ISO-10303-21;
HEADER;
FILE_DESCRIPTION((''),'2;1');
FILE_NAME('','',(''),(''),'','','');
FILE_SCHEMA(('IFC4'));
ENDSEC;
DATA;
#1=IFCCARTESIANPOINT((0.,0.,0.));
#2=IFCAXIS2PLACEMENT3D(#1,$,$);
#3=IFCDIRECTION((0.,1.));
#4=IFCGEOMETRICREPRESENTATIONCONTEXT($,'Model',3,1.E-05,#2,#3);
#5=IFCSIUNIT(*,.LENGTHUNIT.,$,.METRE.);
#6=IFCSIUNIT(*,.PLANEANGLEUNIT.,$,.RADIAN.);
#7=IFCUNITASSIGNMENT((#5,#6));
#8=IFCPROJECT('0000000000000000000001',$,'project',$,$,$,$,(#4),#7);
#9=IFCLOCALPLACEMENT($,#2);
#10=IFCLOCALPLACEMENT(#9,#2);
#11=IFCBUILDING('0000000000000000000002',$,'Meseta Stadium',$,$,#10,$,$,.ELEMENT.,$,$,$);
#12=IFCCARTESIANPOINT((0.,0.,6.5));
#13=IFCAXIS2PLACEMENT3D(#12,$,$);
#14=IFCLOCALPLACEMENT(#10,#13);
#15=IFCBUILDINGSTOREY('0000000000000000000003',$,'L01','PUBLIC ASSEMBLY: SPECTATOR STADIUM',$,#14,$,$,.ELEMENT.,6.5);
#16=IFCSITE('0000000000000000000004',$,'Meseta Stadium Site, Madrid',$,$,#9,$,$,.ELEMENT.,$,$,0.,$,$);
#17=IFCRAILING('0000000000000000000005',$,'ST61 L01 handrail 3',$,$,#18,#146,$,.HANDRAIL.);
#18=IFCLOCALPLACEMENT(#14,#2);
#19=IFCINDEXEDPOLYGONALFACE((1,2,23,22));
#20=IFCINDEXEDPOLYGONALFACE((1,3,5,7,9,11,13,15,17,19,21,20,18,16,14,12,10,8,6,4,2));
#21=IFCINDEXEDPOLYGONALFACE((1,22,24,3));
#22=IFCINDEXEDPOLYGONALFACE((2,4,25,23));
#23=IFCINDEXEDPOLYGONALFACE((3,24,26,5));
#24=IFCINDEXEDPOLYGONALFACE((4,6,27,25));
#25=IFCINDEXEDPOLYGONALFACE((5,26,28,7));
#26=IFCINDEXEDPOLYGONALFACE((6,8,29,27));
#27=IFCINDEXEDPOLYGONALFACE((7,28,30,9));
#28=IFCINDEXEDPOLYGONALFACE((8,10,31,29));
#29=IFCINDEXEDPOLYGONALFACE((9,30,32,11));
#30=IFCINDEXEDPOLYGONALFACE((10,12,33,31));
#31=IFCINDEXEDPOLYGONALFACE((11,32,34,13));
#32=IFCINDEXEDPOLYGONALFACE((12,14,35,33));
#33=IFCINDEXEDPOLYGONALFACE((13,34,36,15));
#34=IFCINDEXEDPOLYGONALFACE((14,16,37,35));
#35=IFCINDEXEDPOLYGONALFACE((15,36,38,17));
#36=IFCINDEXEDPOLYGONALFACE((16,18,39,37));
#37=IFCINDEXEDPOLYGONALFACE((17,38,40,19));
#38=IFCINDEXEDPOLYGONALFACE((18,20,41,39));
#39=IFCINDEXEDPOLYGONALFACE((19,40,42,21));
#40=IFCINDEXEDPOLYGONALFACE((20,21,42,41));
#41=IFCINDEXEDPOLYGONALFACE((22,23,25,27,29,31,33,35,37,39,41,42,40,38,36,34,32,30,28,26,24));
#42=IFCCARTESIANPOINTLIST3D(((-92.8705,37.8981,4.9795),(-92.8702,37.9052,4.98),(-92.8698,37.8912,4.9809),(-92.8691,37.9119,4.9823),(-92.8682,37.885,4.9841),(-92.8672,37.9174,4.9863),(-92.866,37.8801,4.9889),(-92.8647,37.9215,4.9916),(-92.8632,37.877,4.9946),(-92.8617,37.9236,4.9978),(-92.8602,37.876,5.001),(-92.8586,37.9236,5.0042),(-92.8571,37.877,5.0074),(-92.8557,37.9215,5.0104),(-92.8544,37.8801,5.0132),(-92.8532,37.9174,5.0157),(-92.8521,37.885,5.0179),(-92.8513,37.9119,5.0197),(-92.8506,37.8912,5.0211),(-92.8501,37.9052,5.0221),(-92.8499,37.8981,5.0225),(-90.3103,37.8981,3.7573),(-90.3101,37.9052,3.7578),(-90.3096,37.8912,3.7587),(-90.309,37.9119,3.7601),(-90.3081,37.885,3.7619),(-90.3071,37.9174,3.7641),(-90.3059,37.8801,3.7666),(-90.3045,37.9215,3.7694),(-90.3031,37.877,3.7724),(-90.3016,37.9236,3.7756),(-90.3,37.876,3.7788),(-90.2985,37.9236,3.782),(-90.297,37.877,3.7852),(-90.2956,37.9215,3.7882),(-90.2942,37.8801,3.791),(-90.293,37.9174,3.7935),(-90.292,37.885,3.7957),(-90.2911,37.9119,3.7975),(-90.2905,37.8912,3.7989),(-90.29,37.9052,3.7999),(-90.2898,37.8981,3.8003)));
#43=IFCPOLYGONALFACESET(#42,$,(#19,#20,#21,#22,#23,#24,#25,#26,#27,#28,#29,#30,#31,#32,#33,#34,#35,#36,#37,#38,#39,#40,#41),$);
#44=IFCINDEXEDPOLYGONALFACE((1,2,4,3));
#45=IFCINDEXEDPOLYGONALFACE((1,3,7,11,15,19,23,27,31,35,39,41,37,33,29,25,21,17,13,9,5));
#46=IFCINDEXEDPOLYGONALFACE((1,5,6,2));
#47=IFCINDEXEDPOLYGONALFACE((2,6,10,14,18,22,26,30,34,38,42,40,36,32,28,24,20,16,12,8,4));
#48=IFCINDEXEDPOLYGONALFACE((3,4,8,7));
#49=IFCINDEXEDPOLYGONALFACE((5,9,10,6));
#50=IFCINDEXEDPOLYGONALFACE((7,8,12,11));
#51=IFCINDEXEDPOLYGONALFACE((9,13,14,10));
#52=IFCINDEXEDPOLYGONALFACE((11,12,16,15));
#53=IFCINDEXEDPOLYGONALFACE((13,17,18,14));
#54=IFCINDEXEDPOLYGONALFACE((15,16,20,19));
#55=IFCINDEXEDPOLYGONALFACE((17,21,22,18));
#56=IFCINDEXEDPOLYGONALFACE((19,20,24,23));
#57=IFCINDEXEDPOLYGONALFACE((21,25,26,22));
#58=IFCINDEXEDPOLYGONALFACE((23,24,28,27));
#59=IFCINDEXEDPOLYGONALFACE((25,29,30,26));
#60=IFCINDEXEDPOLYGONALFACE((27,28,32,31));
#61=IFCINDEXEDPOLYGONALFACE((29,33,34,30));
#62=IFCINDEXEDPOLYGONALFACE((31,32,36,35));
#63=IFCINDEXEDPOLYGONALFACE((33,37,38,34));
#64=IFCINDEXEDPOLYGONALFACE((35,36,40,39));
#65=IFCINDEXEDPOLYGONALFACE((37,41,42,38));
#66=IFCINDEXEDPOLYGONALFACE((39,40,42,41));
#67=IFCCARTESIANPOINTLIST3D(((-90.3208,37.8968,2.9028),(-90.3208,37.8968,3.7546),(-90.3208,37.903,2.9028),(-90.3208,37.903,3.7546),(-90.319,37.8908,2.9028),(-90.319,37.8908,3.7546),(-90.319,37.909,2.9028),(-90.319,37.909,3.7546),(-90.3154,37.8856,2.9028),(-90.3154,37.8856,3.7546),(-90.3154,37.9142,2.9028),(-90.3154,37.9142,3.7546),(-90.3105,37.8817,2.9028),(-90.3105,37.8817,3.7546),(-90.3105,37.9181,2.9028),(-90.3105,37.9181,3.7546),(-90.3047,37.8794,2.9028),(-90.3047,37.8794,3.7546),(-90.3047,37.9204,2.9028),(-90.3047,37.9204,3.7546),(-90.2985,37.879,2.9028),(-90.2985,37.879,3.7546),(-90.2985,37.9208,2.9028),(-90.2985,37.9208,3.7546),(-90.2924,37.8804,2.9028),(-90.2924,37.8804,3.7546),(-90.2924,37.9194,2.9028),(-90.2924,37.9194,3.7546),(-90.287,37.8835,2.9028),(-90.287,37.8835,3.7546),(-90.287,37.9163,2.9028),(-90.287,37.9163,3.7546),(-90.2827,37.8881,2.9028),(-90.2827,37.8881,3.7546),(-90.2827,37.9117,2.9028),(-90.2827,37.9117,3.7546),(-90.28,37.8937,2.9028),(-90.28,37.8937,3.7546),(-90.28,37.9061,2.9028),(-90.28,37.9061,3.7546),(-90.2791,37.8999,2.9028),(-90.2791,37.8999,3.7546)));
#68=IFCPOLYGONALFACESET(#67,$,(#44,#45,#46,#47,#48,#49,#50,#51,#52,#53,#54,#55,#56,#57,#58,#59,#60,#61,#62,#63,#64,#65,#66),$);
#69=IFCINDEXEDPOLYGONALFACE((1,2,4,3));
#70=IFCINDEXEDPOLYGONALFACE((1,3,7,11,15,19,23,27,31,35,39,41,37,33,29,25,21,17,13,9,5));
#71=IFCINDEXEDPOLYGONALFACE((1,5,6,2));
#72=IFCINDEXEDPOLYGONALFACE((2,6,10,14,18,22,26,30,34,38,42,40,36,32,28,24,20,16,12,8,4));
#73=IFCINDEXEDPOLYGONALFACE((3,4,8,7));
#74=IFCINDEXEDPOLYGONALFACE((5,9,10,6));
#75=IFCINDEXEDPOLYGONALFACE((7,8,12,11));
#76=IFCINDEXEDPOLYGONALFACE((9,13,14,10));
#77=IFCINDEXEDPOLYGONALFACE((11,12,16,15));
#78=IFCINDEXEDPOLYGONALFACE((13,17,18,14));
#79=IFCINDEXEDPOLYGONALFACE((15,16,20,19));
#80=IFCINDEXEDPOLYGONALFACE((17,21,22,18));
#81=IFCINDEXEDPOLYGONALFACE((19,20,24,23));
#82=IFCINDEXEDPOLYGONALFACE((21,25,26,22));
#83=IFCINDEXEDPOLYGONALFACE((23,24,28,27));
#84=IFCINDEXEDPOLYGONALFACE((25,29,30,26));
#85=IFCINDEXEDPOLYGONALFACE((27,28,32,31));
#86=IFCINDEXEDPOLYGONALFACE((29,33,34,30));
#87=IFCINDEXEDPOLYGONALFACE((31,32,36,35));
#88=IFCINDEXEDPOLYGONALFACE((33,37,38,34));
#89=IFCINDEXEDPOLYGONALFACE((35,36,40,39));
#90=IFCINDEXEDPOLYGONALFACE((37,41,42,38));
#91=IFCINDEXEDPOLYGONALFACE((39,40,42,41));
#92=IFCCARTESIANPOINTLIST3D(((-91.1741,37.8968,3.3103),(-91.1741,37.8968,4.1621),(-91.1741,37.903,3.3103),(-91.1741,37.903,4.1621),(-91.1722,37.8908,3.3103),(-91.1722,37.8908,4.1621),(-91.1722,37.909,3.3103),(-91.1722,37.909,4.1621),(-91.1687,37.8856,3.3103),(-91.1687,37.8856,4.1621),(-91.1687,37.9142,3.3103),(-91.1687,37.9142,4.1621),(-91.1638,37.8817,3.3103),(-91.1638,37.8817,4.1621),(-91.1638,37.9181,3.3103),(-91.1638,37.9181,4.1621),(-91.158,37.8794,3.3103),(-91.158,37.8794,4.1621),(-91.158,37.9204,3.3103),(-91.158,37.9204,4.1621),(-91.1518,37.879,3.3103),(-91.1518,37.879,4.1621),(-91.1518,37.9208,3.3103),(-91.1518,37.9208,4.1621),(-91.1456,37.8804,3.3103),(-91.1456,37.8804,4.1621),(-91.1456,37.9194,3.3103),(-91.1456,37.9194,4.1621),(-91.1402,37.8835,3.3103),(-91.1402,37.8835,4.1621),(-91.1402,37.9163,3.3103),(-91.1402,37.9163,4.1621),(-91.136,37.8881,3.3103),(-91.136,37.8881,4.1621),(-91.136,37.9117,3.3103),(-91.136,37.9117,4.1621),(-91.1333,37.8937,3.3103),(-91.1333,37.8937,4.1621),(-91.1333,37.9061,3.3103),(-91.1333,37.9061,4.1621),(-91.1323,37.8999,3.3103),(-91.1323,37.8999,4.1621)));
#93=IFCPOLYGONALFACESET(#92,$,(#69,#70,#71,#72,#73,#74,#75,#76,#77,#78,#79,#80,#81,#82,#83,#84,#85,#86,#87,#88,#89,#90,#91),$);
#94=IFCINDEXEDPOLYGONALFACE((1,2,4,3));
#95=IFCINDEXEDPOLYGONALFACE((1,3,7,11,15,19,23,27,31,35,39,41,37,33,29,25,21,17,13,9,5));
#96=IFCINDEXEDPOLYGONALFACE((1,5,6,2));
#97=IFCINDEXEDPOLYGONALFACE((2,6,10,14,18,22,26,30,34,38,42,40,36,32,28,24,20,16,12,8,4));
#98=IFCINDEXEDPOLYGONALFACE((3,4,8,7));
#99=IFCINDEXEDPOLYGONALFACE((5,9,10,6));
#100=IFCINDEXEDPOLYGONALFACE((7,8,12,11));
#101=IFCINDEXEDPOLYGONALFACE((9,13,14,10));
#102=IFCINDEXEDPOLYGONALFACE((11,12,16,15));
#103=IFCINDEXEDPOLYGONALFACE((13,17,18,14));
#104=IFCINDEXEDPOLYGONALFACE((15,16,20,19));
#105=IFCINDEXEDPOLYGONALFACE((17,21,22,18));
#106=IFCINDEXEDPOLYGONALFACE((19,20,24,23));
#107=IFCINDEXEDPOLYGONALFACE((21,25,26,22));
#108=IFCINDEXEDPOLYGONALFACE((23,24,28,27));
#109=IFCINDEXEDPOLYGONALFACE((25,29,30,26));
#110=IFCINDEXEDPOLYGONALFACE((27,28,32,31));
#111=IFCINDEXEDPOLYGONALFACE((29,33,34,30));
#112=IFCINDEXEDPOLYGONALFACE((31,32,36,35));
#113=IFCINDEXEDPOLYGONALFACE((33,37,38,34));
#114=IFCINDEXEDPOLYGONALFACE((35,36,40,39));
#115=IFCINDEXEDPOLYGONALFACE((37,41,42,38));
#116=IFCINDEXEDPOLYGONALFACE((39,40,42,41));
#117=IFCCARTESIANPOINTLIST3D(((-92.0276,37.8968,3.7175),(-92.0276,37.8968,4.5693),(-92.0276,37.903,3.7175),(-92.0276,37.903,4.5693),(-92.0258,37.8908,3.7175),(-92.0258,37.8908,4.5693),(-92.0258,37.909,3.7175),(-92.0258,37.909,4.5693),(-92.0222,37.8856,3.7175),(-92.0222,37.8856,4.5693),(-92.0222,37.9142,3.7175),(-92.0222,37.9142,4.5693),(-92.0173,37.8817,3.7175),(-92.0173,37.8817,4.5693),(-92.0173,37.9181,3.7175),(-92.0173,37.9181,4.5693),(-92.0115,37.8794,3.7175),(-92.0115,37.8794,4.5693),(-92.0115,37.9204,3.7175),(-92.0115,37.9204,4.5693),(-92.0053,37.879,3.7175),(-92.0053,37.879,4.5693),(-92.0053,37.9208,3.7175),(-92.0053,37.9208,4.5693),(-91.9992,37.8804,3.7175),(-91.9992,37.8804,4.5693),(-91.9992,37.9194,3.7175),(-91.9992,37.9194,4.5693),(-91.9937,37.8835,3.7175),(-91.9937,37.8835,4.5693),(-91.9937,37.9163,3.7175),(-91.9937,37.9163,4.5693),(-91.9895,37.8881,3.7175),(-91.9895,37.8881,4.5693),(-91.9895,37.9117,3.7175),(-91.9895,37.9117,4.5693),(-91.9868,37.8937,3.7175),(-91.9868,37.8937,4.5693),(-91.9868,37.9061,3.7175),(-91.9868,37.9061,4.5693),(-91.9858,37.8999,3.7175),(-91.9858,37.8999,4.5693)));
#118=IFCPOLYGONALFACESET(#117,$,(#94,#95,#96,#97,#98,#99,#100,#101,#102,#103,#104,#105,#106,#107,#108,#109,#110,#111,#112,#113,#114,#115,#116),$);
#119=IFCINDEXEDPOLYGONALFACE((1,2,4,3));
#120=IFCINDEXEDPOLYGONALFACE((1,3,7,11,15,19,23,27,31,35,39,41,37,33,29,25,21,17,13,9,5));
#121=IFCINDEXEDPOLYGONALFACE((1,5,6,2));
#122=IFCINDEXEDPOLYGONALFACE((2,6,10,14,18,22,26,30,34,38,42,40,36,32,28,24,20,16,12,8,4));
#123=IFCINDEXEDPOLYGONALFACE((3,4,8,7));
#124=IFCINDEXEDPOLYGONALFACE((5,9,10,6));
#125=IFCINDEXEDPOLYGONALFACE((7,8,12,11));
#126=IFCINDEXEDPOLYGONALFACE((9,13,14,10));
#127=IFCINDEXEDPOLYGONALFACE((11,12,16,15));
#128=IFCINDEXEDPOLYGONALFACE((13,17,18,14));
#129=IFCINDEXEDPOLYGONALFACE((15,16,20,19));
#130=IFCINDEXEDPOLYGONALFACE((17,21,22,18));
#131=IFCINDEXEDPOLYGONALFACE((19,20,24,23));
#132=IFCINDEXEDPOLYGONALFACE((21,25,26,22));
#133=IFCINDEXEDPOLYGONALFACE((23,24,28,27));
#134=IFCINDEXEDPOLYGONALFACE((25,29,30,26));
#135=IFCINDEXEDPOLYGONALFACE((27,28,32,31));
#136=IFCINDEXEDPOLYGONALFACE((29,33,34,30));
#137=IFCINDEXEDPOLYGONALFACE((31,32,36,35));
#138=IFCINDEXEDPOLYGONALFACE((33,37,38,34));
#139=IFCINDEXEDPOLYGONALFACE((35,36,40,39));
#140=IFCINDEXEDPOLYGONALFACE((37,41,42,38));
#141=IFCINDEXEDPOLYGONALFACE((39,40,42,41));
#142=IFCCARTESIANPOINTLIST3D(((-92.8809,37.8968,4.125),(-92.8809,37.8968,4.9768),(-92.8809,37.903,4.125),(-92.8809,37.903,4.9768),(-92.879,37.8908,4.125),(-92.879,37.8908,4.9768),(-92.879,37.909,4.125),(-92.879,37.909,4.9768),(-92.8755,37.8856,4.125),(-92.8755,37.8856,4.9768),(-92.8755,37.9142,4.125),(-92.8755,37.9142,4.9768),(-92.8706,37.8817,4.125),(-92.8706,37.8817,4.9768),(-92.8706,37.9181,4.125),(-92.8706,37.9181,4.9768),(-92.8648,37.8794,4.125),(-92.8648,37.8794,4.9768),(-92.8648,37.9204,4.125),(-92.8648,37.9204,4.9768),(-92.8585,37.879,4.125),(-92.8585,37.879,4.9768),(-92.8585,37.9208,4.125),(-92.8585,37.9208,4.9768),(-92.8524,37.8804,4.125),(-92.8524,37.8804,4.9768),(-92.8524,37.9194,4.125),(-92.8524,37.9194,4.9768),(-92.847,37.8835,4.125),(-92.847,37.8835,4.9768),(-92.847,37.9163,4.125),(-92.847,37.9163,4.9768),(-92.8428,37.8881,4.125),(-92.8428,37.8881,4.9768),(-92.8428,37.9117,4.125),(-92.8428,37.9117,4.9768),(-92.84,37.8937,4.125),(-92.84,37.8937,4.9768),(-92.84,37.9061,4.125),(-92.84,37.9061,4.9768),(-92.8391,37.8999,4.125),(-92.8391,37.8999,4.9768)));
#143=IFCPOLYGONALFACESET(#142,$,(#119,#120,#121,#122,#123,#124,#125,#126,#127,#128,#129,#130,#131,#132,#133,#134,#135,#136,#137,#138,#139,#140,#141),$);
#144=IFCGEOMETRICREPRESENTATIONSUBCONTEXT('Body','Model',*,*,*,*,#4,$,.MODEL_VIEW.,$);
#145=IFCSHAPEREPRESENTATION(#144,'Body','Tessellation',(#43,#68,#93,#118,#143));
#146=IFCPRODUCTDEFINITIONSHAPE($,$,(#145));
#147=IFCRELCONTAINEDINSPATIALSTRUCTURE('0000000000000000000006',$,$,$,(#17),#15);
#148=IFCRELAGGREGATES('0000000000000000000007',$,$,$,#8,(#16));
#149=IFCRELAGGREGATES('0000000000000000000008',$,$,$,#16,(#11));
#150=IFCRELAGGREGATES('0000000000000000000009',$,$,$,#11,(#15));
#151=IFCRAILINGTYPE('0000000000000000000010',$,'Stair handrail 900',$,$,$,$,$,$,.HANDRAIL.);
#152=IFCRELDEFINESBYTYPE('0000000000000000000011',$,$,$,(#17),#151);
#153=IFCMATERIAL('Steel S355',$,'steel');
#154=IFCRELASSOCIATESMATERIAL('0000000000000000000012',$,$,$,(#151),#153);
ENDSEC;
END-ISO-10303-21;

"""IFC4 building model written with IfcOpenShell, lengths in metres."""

from ifc_helpers import new_model, si_unit, direction, frame, origin, origin_2d, place, context, subcontext, project, spatial, circle, extrude, material, type_object, element, save


model = new_model("IFC4")

# Units and contexts
model_context = context("Model", 3, precision=1e-05, world=origin(), true_north=direction((0.0, 1.0)))
body_context = subcontext(model_context, "Body", "Model", "MODEL_VIEW")
ifc_project = project(units=[si_unit("LENGTHUNIT", "METRE"), si_unit("PLANEANGLEUNIT", "RADIAN")], contexts=[model_context])

# Site, building, storey
site_placement = place(None, origin())
site = spatial("IfcSite", under=ifc_project, at=site_placement, Name="Meseta Stadium Site, Madrid", CompositionType="ELEMENT", RefElevation=0.0)
building_placement = place(site_placement, origin())
building = spatial("IfcBuilding", under=site, at=building_placement, Name="Meseta Stadium", CompositionType="ELEMENT")
storey_placement = place(building_placement, frame((0.0, 0.0, 6.5)))
storey = spatial("IfcBuildingStorey", under=building, at=storey_placement, Name="L01", Description="PUBLIC ASSEMBLY: SPECTATOR STADIUM", CompositionType="ELEMENT", Elevation=6.5)

# Railing
ifc_material_1 = material(Name="Steel S355", Category="steel")
railing_type = type_object("IfcRailingType", Name="Stair handrail 900", PredefinedType="HANDRAIL", material=ifc_material_1)
for number, where, name in (
    (1, (-90.3, 37.8999, 2.9028), "ST61 L01 handrail 3"),
):
    element("IfcRailing", number, at=place(storey_placement, frame(where)), inside=storey, type_object=railing_type, Name=name, PredefinedType="HANDRAIL", context=body_context, shape_type="SweptSolid", body=[
        extrude(circle(Radius=0.0239, at=origin_2d()), frame((0.0, 0.0, 0.876), z_axis=(-0.902437, 0.0, 0.430822), x_axis=(0.0, -1.0, 0.0)), (0.0, 0.0, 1.0), 2.8369),
        extrude(circle(Radius=0.021, at=origin_2d()), origin(), (0.0, 0.0, 1.0), 0.8518),
        extrude(circle(Radius=0.021, at=origin_2d()), frame((-0.8533, 0.0, 0.4075)), (0.0, 0.0, 1.0), 0.8518),
        extrude(circle(Radius=0.021, at=origin_2d()), frame((-1.7068, 0.0, 0.8147)), (0.0, 0.0, 1.0), 0.8518),
        extrude(circle(Radius=0.021, at=origin_2d()), frame((-2.5601, 0.0, 1.2222)), (0.0, 0.0, 1.0), 0.8518),
    ])

save(model, "model.ifc")
